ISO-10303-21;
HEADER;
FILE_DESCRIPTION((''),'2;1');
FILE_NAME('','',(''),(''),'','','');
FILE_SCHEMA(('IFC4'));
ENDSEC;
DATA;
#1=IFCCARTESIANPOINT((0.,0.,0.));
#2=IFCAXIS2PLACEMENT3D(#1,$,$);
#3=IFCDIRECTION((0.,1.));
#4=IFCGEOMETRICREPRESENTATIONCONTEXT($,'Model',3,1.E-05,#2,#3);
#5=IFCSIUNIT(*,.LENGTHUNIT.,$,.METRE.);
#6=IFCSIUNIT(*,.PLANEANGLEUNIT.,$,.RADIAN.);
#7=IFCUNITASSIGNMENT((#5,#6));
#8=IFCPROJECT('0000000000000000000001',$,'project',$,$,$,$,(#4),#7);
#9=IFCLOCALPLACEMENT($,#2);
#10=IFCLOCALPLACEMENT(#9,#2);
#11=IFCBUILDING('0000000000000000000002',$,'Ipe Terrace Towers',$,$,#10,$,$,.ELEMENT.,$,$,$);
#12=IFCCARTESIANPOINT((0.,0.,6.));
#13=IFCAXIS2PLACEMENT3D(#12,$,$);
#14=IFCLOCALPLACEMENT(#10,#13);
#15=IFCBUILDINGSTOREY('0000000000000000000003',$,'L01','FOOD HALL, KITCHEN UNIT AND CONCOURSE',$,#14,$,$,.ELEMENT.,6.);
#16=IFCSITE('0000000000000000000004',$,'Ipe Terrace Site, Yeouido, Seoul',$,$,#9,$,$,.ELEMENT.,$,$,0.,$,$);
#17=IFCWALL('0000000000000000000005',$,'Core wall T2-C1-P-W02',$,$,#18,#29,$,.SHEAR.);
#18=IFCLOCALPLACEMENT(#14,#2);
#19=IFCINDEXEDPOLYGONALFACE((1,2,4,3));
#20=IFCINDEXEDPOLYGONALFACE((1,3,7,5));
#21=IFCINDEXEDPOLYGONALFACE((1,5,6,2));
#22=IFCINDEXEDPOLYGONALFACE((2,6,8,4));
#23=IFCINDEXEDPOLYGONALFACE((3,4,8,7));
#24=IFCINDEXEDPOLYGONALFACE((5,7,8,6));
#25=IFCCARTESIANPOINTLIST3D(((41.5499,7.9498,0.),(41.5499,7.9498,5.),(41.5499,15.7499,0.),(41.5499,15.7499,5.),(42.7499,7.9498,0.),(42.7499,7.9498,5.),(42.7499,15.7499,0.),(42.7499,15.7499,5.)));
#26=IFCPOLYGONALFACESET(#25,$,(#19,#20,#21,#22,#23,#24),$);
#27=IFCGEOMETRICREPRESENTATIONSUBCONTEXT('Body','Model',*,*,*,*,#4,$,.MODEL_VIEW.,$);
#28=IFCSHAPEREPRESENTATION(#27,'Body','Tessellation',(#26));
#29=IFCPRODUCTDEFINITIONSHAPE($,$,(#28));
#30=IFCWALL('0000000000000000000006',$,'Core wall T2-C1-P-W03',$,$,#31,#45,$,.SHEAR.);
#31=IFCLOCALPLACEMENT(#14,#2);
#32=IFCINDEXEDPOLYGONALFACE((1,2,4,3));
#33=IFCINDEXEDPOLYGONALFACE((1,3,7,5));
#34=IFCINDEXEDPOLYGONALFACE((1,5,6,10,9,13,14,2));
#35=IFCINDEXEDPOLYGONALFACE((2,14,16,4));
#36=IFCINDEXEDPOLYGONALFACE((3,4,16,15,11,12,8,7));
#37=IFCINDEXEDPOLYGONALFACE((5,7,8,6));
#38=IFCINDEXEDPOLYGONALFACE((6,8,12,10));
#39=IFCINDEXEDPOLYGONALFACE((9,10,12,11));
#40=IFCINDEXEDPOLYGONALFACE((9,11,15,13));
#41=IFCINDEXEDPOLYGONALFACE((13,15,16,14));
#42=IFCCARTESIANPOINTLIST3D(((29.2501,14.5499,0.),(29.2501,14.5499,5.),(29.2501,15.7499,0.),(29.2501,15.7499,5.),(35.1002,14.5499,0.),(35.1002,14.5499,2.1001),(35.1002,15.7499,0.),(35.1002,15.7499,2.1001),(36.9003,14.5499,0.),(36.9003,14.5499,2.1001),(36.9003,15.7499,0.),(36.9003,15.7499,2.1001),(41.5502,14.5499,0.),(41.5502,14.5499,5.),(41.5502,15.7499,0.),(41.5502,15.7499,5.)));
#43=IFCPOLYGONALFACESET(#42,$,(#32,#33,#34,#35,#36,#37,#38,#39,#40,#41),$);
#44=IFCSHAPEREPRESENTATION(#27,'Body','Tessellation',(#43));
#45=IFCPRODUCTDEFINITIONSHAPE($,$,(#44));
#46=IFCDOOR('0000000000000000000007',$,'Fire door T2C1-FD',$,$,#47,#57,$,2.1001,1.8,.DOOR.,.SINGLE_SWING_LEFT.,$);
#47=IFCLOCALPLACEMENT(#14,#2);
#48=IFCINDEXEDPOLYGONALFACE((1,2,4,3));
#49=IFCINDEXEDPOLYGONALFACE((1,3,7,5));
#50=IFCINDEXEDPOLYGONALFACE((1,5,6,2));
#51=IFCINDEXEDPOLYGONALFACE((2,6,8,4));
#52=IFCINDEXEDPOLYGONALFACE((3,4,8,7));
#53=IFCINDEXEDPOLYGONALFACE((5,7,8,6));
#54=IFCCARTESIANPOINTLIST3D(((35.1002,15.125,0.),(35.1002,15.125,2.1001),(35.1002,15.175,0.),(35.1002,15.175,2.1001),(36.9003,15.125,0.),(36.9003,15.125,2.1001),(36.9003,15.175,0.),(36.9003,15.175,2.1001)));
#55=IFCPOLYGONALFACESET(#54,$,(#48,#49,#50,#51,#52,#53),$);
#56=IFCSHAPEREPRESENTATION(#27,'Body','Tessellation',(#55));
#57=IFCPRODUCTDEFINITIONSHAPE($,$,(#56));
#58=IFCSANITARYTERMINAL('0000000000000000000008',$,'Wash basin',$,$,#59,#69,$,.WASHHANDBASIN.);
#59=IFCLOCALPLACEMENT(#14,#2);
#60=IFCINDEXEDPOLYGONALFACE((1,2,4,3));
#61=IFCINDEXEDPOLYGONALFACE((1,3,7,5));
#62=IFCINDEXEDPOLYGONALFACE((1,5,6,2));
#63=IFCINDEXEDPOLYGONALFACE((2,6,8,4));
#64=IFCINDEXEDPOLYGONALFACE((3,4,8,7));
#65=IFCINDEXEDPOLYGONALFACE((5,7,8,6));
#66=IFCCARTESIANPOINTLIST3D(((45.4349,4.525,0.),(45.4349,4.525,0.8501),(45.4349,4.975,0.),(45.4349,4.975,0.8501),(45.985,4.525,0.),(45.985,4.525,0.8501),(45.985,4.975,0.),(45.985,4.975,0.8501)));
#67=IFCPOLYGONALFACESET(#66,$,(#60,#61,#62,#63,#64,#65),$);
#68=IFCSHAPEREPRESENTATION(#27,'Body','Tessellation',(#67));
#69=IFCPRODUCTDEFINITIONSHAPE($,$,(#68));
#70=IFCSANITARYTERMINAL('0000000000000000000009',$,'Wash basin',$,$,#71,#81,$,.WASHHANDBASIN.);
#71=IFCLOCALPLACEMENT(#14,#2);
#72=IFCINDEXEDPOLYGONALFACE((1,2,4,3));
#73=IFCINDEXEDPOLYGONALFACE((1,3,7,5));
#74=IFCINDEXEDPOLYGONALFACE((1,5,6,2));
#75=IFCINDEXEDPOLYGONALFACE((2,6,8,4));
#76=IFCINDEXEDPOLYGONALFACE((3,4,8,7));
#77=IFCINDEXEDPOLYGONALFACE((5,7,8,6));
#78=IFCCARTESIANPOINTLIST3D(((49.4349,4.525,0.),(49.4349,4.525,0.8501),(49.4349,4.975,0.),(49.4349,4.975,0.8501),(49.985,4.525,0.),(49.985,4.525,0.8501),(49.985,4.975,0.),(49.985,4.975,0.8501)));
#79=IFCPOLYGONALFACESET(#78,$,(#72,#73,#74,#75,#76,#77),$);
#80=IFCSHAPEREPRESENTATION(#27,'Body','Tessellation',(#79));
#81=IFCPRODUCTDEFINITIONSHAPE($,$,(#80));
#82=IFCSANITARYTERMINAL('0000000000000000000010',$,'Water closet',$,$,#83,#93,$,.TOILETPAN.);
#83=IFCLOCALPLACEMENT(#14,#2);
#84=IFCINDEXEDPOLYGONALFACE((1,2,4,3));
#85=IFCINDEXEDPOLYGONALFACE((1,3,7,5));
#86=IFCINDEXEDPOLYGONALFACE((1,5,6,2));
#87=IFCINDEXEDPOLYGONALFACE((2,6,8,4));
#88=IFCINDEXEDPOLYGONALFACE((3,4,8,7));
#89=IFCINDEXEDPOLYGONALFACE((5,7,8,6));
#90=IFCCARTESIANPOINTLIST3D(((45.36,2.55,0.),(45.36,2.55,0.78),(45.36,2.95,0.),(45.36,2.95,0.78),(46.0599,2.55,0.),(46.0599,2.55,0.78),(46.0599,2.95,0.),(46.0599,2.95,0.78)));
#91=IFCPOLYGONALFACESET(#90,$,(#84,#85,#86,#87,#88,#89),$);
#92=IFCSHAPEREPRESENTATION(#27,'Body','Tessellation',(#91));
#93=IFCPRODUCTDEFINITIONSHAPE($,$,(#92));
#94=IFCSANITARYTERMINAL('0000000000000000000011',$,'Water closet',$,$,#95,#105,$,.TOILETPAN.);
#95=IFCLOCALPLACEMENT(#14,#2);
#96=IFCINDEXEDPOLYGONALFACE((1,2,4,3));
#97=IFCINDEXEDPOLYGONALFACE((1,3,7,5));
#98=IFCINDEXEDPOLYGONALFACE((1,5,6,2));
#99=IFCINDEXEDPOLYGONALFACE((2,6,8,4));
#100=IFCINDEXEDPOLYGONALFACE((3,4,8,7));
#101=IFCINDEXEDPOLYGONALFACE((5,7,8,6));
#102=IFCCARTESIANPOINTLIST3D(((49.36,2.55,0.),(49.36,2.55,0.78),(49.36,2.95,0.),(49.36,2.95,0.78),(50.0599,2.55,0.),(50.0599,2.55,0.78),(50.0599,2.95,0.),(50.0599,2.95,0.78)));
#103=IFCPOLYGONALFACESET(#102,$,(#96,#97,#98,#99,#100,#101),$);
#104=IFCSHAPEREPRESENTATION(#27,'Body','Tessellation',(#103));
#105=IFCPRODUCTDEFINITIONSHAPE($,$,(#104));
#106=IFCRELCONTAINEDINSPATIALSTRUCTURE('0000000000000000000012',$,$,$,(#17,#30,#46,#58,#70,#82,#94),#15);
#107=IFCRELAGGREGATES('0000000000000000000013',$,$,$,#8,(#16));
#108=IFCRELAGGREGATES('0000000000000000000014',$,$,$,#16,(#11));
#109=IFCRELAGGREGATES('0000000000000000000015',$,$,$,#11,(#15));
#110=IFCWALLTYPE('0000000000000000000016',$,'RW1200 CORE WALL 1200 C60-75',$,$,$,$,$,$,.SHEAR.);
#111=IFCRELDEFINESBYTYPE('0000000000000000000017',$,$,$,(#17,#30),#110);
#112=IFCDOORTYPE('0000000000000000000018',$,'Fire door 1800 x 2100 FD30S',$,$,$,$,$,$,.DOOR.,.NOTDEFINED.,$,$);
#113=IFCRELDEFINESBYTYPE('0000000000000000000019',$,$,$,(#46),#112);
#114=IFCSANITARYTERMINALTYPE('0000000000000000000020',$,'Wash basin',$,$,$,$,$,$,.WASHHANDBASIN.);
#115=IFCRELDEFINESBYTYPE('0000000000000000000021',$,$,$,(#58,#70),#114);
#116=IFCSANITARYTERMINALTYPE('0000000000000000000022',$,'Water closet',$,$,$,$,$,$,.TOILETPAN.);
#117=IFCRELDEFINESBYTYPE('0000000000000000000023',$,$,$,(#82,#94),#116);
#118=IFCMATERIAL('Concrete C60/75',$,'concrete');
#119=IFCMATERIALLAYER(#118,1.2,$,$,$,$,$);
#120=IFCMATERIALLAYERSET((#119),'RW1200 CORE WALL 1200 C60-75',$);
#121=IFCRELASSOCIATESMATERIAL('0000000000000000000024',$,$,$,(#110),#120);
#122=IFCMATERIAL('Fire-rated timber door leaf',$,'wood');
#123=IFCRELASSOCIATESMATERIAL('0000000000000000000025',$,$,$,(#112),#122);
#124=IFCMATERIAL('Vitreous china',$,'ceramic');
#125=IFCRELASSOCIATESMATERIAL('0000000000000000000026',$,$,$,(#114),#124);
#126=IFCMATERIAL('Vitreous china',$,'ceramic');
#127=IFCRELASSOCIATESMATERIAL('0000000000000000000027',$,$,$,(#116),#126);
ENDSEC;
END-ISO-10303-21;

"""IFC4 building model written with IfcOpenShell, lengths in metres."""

from ifc_helpers import new_model, si_unit, direction, frame, frame_2d, origin, origin_2d, place, context, subcontext, project, spatial, rectangle, extrude, material, layer, layer_set, type_object, element, fill, save


model = new_model("IFC4")

# Units and contexts
model_context = context("Model", 3, precision=1e-05, world=origin(), true_north=direction((0.0, 1.0)))
body_context = subcontext(model_context, "Body", "Model", "MODEL_VIEW")
ifc_project = project(units=[si_unit("LENGTHUNIT", "METRE"), si_unit("PLANEANGLEUNIT", "RADIAN")], contexts=[model_context])

# Site, building, storey
site_placement = place(None, origin())
site = spatial("IfcSite", under=ifc_project, at=site_placement, Name="Ipe Terrace Site, Yeouido, Seoul", CompositionType="ELEMENT", RefElevation=0.0)
building_placement = place(site_placement, origin())
building = spatial("IfcBuilding", under=site, at=building_placement, Name="Ipe Terrace Towers", CompositionType="ELEMENT")
storey_placement = place(building_placement, frame((0.0, 0.0, 6.0)))
storey = spatial("IfcBuildingStorey", under=building, at=storey_placement, Name="L01", Description="FOOD HALL, KITCHEN UNIT AND CONCOURSE", CompositionType="ELEMENT", Elevation=6.0)

# Wall
ifc_material_1 = material(Name="Concrete C60/75", Category="concrete")
ifc_layer_1 = layer(ifc_material_1, 1.2)
ifc_layer_set_1 = layer_set([ifc_layer_1], Name="RW1200 CORE WALL 1200 C60-75")
wall_type_1 = type_object("IfcWallType", Name="RW1200 CORE WALL 1200 C60-75", PredefinedType="SHEAR", material=ifc_layer_set_1)
wall_1_placement = place(storey_placement, frame((42.1499, 7.95, 0.0), z_axis=(0.0, 0.0, 1.0), x_axis=(0.0, 1.0, 0.0)))
element("IfcWall", 1, at=wall_1_placement, inside=storey, type_object=wall_type_1, Name="Core wall T2-C1-P-W02", PredefinedType="SHEAR", context=body_context, shape_type="SweptSolid", body=[
    extrude(rectangle(XDim=7.8, YDim=1.2, at=frame_2d((3.8999, 0.0))), origin(), (0.0, 0.0, 1.0), 5.0),
])

# Wall, opening, door
wall_2_placement = place(storey_placement, frame((41.55, 15.1499, 0.0), z_axis=(0.0, 0.0, 1.0), x_axis=(-1.0, 0.0, 0.0)))
wall_2 = element("IfcWall", 2, at=wall_2_placement, inside=storey, type_object=wall_type_1, Name="Core wall T2-C1-P-W03", PredefinedType="SHEAR", context=body_context, shape_type="SweptSolid", body=[
    extrude(rectangle(XDim=12.3, YDim=1.2, at=frame_2d((6.1499, 0.0))), origin(), (0.0, 0.0, 1.0), 5.0),
])
opening_1_placement = place(wall_2_placement, frame((4.6499, 0.0, 0.0)))
opening_1 = element("IfcOpeningElement", 3, at=opening_1_placement, cuts=wall_2, PredefinedType="OPENING", context=body_context, shape_type="SweptSolid", body=[
    extrude(rectangle(XDim=1.8, YDim=2.1001, at=frame_2d((0.8999, 1.05))), frame((0.0, 0.6099, 0.0), z_axis=(0.0, -1.0, 0.0), x_axis=(1.0, 0.0, 0.0)), (0.0, 0.0, 1.0), 1.22),
])
ifc_material_2 = material(Name="Fire-rated timber door leaf", Category="wood")
door_type_1 = type_object("IfcDoorType", Name="Fire door 1800 x 2100 FD30S", OperationType="NOTDEFINED", PredefinedType="DOOR", material=ifc_material_2)
door_1_placement = place(opening_1_placement, origin())
door_1 = element("IfcDoor", 4, at=door_1_placement, inside=storey, type_object=door_type_1, Name="Fire door T2C1-FD", OperationType="SINGLE_SWING_LEFT", OverallHeight=2.1001, OverallWidth=1.8, PredefinedType="DOOR", context=body_context, shape_type="SweptSolid", body=[
    extrude(rectangle(XDim=1.8, YDim=2.1001, at=frame_2d((0.8999, 1.05))), frame((0.0, 0.0249, 0.0), z_axis=(0.0, -1.0, 0.0), x_axis=(1.0, 0.0, 0.0)), (0.0, 0.0, 1.0), 0.05),
])
fill(opening_1, door_1)

# Sanitary terminals
ifc_material_3 = material(Name="Vitreous china", Category="ceramic")
sanitary_terminal_type_1 = type_object("IfcSanitaryTerminalType", Name="Wash basin", PredefinedType="WASHHANDBASIN", material=ifc_material_3)
for number, where, z_axis, x_axis, name in (
    (5, (45.71, 4.75, 0.0), (0.0, 0.0, 1.0), (1.0, 0.0, 0.0), "Wash basin"),
    (6, (49.71, 4.75, 0.0), (0.0, 0.0, 1.0), (1.0, 0.0, 0.0), "Wash basin"),
):
    element("IfcSanitaryTerminal", number, at=place(storey_placement, frame(where, z_axis=z_axis, x_axis=x_axis)), inside=storey, type_object=sanitary_terminal_type_1, Name=name, PredefinedType="WASHHANDBASIN", context=body_context, shape_type="SweptSolid", body=[
        extrude(rectangle(XDim=0.55, YDim=0.45, at=origin_2d()), origin(), (0.0, 0.0, 1.0), 0.8501),
    ])
ifc_material_4 = material(Name="Vitreous china", Category="ceramic")
sanitary_terminal_type_2 = type_object("IfcSanitaryTerminalType", Name="Water closet", PredefinedType="TOILETPAN", material=ifc_material_4)
for number, where, z_axis, x_axis, name in (
    (7, (45.71, 2.75, 0.0), (0.0, 0.0, 1.0), (1.0, 0.0, 0.0), "Water closet"),
    (8, (49.71, 2.75, 0.0), (0.0, 0.0, 1.0), (1.0, 0.0, 0.0), "Water closet"),
):
    element("IfcSanitaryTerminal", number, at=place(storey_placement, frame(where, z_axis=z_axis, x_axis=x_axis)), inside=storey, type_object=sanitary_terminal_type_2, Name=name, PredefinedType="TOILETPAN", context=body_context, shape_type="SweptSolid", body=[
        extrude(rectangle(XDim=0.7, YDim=0.3999, at=origin_2d()), origin(), (0.0, 0.0, 1.0), 0.78),
    ])

save(model, "model.ifc")
